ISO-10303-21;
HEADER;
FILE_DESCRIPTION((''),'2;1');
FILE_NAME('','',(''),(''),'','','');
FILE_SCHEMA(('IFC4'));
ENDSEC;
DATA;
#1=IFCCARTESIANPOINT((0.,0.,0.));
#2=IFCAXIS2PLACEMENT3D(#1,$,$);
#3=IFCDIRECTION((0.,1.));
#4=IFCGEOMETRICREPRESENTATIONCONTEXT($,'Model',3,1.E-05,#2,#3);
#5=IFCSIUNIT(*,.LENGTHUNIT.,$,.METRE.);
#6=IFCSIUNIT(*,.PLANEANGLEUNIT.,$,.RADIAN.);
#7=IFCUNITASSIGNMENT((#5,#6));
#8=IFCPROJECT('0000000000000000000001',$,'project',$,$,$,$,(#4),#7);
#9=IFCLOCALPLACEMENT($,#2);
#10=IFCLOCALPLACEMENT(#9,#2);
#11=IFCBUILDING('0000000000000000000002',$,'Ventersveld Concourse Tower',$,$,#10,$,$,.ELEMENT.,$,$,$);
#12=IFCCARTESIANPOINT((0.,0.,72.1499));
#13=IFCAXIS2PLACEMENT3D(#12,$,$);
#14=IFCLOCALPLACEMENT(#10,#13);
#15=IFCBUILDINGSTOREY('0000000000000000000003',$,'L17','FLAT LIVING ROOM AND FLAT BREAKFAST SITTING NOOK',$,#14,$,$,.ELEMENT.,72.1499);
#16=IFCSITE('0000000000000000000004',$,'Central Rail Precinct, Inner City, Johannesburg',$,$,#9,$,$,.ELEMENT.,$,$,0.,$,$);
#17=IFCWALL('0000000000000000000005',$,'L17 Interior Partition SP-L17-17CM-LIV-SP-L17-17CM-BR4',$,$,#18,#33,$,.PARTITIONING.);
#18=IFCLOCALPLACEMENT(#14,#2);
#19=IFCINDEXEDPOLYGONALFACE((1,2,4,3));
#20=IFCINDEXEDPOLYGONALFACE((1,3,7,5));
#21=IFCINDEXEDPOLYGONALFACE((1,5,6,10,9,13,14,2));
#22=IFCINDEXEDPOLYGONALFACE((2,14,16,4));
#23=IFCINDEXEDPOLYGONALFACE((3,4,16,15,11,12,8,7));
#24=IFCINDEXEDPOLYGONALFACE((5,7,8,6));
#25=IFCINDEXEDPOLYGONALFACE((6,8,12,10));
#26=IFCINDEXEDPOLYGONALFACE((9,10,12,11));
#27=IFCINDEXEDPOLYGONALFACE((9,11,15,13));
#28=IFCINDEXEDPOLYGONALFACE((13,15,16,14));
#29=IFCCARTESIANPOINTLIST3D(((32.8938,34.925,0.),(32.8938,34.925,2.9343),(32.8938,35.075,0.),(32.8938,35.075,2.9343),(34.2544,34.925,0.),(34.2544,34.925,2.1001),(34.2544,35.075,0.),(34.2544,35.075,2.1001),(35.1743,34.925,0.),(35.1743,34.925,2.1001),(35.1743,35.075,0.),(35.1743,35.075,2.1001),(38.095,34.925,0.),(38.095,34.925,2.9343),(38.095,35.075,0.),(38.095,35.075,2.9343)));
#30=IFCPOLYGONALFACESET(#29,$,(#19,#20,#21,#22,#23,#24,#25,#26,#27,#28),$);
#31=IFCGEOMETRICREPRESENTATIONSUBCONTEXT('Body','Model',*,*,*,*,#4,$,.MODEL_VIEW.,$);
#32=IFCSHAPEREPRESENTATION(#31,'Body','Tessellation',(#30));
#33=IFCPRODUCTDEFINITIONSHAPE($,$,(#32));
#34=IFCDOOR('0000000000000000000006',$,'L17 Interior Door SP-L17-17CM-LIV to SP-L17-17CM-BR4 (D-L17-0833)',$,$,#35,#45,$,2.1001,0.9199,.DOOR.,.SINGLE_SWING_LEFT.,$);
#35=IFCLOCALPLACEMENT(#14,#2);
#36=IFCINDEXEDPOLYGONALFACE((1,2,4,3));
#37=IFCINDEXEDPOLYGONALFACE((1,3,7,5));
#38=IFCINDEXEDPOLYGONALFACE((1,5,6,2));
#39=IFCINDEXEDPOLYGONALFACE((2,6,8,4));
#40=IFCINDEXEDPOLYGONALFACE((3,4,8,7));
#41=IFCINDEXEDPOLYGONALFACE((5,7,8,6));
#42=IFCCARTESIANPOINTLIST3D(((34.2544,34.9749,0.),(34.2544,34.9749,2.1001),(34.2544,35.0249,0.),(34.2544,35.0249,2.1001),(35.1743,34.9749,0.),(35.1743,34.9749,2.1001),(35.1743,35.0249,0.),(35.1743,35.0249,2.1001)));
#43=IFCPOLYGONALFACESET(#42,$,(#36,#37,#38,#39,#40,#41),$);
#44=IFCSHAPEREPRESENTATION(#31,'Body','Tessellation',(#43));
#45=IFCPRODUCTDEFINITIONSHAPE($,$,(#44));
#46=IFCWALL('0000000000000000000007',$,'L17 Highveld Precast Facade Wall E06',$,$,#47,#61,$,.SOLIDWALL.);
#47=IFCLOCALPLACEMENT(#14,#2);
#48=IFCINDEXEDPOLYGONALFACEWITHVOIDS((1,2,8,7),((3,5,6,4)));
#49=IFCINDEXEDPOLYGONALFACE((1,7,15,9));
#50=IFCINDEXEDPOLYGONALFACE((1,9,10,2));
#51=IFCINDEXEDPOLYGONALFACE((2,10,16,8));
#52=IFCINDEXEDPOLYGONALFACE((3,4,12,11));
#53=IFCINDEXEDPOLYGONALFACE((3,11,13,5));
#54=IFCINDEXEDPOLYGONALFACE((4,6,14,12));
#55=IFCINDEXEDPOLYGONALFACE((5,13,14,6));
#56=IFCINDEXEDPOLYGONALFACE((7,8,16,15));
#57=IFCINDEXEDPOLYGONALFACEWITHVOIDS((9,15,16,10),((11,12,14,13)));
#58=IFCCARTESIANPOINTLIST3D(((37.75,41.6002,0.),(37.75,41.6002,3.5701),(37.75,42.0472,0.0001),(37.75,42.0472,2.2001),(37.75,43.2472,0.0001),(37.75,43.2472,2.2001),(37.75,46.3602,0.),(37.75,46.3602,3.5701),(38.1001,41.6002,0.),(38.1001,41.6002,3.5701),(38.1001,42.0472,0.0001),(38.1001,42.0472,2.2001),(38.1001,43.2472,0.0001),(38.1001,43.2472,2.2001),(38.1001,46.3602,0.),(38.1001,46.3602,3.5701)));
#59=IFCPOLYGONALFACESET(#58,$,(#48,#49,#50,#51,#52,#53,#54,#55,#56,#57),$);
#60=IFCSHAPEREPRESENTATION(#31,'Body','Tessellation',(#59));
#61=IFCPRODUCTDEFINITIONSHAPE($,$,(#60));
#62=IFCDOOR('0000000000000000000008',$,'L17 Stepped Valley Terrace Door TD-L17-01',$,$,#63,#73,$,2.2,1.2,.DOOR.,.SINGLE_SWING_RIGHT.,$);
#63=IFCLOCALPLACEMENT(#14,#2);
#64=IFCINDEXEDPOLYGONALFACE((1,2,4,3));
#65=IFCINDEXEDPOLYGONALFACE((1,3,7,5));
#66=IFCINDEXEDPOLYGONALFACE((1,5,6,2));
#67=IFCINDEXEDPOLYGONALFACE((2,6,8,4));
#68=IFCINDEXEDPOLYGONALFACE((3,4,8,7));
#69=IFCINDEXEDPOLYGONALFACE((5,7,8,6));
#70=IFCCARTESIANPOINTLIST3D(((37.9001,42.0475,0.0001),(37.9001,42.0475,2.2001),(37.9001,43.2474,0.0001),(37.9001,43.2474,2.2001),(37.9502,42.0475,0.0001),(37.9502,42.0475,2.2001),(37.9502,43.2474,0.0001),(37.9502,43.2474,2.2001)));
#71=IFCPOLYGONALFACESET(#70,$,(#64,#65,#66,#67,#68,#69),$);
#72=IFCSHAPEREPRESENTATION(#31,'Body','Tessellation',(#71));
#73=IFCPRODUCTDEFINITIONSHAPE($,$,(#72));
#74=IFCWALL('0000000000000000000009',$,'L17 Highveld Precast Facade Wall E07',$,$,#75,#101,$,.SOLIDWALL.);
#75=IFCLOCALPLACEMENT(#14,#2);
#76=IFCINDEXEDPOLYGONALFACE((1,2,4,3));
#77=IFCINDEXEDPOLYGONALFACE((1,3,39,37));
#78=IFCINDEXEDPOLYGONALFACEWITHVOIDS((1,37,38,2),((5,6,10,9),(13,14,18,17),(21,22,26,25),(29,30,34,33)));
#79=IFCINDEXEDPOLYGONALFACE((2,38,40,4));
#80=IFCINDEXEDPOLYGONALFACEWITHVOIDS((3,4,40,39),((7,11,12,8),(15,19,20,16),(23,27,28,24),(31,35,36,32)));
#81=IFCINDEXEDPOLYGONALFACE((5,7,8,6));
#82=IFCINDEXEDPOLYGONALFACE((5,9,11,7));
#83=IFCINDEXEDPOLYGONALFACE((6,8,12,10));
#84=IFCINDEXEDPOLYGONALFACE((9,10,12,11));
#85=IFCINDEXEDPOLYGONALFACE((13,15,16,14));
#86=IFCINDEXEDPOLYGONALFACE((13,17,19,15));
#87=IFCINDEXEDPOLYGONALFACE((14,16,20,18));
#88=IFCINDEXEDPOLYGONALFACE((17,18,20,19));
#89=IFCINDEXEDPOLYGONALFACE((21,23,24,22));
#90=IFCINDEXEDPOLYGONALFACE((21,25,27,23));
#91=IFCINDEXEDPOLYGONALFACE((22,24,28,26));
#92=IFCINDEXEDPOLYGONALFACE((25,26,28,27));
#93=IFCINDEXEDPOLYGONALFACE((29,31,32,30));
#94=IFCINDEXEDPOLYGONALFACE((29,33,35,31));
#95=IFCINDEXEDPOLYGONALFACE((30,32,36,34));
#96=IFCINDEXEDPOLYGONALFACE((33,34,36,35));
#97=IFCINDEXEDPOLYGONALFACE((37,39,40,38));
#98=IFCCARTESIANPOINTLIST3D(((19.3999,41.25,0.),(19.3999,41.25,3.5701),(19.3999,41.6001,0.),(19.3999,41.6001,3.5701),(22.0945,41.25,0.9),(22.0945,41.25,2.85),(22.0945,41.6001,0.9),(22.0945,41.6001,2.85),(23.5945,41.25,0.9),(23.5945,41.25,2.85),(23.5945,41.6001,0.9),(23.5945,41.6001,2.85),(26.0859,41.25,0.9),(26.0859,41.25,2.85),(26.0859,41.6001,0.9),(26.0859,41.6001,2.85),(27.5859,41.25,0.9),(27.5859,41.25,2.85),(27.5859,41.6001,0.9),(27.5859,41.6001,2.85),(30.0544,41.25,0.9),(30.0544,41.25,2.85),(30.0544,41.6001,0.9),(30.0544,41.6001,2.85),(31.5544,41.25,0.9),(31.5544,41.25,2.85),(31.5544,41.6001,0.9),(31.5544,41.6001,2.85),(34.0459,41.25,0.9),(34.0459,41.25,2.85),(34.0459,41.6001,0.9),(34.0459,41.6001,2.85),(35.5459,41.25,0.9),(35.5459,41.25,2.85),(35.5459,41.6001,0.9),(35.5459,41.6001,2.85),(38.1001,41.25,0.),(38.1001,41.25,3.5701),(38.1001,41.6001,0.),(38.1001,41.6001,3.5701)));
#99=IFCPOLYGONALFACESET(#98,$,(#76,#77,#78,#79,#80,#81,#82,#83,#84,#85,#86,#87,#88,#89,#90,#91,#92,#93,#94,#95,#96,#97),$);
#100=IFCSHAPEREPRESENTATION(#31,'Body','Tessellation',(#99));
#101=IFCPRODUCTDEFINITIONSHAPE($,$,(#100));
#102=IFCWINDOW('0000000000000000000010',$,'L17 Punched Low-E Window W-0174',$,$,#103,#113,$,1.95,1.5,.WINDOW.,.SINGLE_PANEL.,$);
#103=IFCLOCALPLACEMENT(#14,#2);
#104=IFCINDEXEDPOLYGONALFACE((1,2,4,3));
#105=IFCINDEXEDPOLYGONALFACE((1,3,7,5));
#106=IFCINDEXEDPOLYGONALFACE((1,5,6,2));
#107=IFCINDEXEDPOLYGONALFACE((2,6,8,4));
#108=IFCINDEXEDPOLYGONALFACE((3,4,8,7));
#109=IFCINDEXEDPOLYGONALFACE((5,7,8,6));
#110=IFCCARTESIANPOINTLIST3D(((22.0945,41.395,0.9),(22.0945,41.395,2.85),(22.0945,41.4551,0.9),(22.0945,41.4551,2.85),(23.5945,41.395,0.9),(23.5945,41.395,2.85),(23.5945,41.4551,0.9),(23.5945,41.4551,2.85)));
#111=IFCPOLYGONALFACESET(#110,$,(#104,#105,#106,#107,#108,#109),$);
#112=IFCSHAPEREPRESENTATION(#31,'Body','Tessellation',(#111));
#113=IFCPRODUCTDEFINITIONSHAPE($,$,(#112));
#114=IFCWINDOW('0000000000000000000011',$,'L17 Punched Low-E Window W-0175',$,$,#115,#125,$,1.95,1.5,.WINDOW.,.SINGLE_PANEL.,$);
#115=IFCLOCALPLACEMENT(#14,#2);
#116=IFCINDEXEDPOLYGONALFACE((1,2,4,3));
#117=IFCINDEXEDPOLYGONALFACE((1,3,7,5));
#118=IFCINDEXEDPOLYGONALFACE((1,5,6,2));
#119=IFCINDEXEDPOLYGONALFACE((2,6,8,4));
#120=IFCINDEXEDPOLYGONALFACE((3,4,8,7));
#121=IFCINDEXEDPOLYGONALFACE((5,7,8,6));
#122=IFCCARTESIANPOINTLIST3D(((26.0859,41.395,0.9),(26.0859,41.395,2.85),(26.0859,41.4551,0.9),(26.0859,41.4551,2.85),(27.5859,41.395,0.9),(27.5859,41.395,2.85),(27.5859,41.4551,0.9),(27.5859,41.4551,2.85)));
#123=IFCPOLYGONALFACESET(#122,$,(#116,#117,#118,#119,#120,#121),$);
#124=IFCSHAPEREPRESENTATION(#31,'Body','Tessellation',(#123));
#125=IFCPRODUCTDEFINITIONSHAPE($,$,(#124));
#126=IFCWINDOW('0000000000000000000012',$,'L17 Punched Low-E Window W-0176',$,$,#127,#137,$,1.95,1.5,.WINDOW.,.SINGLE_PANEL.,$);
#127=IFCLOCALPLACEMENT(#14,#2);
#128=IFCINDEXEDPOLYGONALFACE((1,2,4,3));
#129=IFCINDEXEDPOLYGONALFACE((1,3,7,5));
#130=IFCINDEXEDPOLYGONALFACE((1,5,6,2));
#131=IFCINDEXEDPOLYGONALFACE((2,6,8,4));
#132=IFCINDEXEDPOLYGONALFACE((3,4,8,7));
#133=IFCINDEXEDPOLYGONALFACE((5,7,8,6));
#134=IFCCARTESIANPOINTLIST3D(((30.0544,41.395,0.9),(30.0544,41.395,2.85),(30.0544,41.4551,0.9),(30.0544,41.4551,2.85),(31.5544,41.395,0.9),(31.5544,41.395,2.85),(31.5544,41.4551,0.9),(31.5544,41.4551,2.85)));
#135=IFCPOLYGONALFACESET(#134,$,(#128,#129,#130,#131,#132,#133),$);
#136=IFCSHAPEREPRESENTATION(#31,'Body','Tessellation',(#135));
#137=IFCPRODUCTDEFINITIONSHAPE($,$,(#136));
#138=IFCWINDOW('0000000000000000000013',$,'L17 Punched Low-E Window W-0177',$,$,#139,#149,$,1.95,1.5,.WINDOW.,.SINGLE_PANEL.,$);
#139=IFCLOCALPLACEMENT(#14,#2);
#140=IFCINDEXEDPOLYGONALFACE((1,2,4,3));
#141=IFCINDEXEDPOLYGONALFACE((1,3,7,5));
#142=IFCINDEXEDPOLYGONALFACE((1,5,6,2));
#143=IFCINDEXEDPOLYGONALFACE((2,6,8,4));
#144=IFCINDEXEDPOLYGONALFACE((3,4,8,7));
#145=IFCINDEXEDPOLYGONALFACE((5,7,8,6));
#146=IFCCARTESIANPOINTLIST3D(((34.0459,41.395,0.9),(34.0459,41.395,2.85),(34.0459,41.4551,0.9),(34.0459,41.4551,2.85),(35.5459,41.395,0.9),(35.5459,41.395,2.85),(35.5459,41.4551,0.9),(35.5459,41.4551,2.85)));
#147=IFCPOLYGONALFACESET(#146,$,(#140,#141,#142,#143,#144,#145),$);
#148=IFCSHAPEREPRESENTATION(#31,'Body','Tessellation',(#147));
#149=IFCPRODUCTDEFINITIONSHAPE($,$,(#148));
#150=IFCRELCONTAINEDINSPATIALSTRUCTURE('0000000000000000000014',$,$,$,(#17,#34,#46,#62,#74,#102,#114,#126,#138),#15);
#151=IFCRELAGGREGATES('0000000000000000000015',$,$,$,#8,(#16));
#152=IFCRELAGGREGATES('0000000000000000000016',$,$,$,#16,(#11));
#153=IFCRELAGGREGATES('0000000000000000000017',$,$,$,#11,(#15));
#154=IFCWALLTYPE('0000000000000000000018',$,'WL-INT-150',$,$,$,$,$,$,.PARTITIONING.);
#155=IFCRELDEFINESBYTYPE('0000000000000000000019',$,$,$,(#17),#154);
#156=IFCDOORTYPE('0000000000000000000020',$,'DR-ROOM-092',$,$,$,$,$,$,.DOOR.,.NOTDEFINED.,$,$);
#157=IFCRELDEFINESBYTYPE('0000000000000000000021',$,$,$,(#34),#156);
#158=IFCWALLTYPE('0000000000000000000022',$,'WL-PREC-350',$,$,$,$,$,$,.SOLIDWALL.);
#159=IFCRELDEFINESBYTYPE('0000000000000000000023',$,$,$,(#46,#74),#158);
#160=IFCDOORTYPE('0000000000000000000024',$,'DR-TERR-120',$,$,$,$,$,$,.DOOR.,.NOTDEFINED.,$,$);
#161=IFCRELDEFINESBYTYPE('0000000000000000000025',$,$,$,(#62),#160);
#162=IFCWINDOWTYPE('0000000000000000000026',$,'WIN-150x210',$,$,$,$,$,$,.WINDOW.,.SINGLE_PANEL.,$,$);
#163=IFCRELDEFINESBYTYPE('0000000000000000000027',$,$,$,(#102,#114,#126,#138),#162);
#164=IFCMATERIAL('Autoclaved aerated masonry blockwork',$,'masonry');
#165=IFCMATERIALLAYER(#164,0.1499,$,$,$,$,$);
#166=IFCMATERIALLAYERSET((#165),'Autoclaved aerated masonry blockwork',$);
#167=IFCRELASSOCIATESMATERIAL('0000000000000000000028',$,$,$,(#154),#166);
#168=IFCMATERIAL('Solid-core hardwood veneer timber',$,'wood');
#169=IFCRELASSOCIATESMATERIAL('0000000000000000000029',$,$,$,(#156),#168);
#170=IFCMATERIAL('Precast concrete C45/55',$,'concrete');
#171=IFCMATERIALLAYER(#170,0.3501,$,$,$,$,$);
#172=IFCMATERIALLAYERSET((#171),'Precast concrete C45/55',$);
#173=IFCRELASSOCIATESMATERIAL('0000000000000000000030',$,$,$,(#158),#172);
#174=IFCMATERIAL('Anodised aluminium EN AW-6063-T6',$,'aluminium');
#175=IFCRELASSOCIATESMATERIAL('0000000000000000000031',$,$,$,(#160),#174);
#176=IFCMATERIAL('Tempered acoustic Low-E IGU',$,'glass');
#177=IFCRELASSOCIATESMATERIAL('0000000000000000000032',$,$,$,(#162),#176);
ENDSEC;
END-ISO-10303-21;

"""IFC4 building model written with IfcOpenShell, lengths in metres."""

from ifc_helpers import new_model, si_unit, direction, frame, frame_2d, origin, place, context, subcontext, project, spatial, rectangle, extrude, material, layer, layer_set, type_object, element, fill, save


model = new_model("IFC4")

# Units and contexts
model_context = context("Model", 3, precision=1e-05, world=origin(), true_north=direction((0.0, 1.0)))
body_context = subcontext(model_context, "Body", "Model", "MODEL_VIEW")
ifc_project = project(units=[si_unit("LENGTHUNIT", "METRE"), si_unit("PLANEANGLEUNIT", "RADIAN")], contexts=[model_context])

# Site, building, storey
site_placement = place(None, origin())
site = spatial("IfcSite", under=ifc_project, at=site_placement, Name="Central Rail Precinct, Inner City, Johannesburg", CompositionType="ELEMENT", RefElevation=0.0)
building_placement = place(site_placement, origin())
building = spatial("IfcBuilding", under=site, at=building_placement, Name="Ventersveld Concourse Tower", CompositionType="ELEMENT")
storey_placement = place(building_placement, frame((0.0, 0.0, 72.1499)))
storey = spatial("IfcBuildingStorey", under=building, at=storey_placement, Name="L17", Description="FLAT LIVING ROOM AND FLAT BREAKFAST SITTING NOOK", CompositionType="ELEMENT", Elevation=72.1499)

# Shared definitions
ifc_material_1 = material(Name="Autoclaved aerated masonry blockwork", Category="masonry")
ifc_layer_1 = layer(ifc_material_1, 0.1499)
ifc_layer_set_1 = layer_set([ifc_layer_1], Name="Autoclaved aerated masonry blockwork")
wall_type_1 = type_object("IfcWallType", Name="WL-INT-150", PredefinedType="PARTITIONING", material=ifc_layer_set_1)

# Shared definitions
ifc_material_2 = material(Name="Solid-core hardwood veneer timber", Category="wood")
door_type_1 = type_object("IfcDoorType", Name="DR-ROOM-092", OperationType="NOTDEFINED", PredefinedType="DOOR", material=ifc_material_2)

# Walls, openings, doors
wall_1_placement = place(storey_placement, frame((32.8938, 35.0, 0.0), z_axis=(0.0, 0.0, 1.0), x_axis=(1.0, 0.0, 0.0)))
wall_1 = element("IfcWall", 1, at=wall_1_placement, inside=storey, type_object=wall_type_1, Name="L17 Interior Partition SP-L17-17CM-LIV-SP-L17-17CM-BR4", PredefinedType="PARTITIONING", context=body_context, shape_type="SweptSolid", body=[
    extrude(rectangle(XDim=5.2012, YDim=0.1499, at=frame_2d((2.6006, 0.0))), origin(), (0.0, 0.0, 1.0), 2.9343),
])
opening_1_placement = place(wall_1_placement, frame((1.3606, 0.0, 0.0)))
opening_1 = element("IfcOpeningElement", 2, at=opening_1_placement, cuts=wall_1, PredefinedType="OPENING", context=body_context, shape_type="SweptSolid", body=[
    extrude(rectangle(XDim=0.9199, YDim=2.1001, at=frame_2d((0.46, 1.05))), frame((0.0, 0.085, 0.0), z_axis=(0.0, -1.0, 0.0), x_axis=(1.0, 0.0, 0.0)), (0.0, 0.0, 1.0), 0.1699),
])
door_1_placement = place(opening_1_placement, origin())
door_1 = element("IfcDoor", 3, at=door_1_placement, inside=storey, type_object=door_type_1, Name="L17 Interior Door SP-L17-17CM-LIV to SP-L17-17CM-BR4 (D-L17-0833)", OperationType="SINGLE_SWING_LEFT", OverallHeight=2.1001, OverallWidth=0.9199, PredefinedType="DOOR", context=body_context, shape_type="SweptSolid", body=[
    extrude(rectangle(XDim=0.9199, YDim=2.1001, at=frame_2d((0.46, 1.05))), frame((0.0, 0.0249, 0.0), z_axis=(0.0, -1.0, 0.0), x_axis=(1.0, 0.0, 0.0)), (0.0, 0.0, 1.0), 0.05),
])
fill(opening_1, door_1)
ifc_material_3 = material(Name="Precast concrete C45/55", Category="concrete")
ifc_layer_2 = layer(ifc_material_3, 0.3501)
ifc_layer_set_2 = layer_set([ifc_layer_2], Name="Precast concrete C45/55")
wall_type_2 = type_object("IfcWallType", Name="WL-PREC-350", PredefinedType="SOLIDWALL", material=ifc_layer_set_2)
wall_2_placement = place(storey_placement, frame((37.925, 46.3601, 0.0), z_axis=(0.0, 0.0, 1.0), x_axis=(0.0, -1.0, 0.0)))
wall_2 = element("IfcWall", 4, at=wall_2_placement, inside=storey, type_object=wall_type_2, Name="L17 Highveld Precast Facade Wall E06", PredefinedType="SOLIDWALL", context=body_context, shape_type="SweptSolid", body=[
    extrude(rectangle(XDim=4.76, YDim=0.3501, at=frame_2d((2.3799, 0.0))), origin(), (0.0, 0.0, 1.0), 3.5701),
])
opening_2_placement = place(wall_2_placement, frame((3.1128, 0.0, 0.0)))
opening_2 = element("IfcOpeningElement", 5, at=opening_2_placement, cuts=wall_2, PredefinedType="OPENING", context=body_context, shape_type="SweptSolid", body=[
    extrude(rectangle(XDim=1.2, YDim=2.2, at=frame_2d((0.6001, 1.1001))), frame((0.0, 0.1851, 0.0), z_axis=(0.0, -1.0, 0.0), x_axis=(1.0, 0.0, 0.0)), (0.0, 0.0, 1.0), 0.3701),
])
ifc_material_4 = material(Name="Anodised aluminium EN AW-6063-T6", Category="aluminium")
door_type_2 = type_object("IfcDoorType", Name="DR-TERR-120", OperationType="NOTDEFINED", PredefinedType="DOOR", material=ifc_material_4)
door_2_placement = place(opening_2_placement, frame((1.2, 0.0, 0.0), z_axis=(0.0, 0.0, 1.0), x_axis=(-1.0, 0.0, 0.0)))
door_2 = element("IfcDoor", 6, at=door_2_placement, inside=storey, type_object=door_type_2, Name="L17 Stepped Valley Terrace Door TD-L17-01", OperationType="SINGLE_SWING_RIGHT", OverallHeight=2.2, OverallWidth=1.2, PredefinedType="DOOR", context=body_context, shape_type="SweptSolid", body=[
    extrude(rectangle(XDim=1.2, YDim=2.2, at=frame_2d((0.6001, 1.1001))), frame((0.0, 0.0249, 0.0), z_axis=(0.0, -1.0, 0.0), x_axis=(1.0, 0.0, 0.0)), (0.0, 0.0, 1.0), 0.05),
])
fill(opening_2, door_2)

# Wall, openings, windows
wall_3_placement = place(storey_placement, frame((38.1001, 41.425, 0.0), z_axis=(0.0, 0.0, 1.0), x_axis=(-1.0, 0.0, 0.0)))
wall_3 = element("IfcWall", 7, at=wall_3_placement, inside=storey, type_object=wall_type_2, Name="L17 Highveld Precast Facade Wall E07", PredefinedType="SOLIDWALL", context=body_context, shape_type="SweptSolid", body=[
    extrude(rectangle(XDim=18.7002, YDim=0.3501, at=frame_2d((9.3501, 0.0))), origin(), (0.0, 0.0, 1.0), 3.5701),
])
opening_3_placement = place(wall_3_placement, frame((14.5056, 0.0, 0.8999)))
opening_3 = element("IfcOpeningElement", 8, at=opening_3_placement, cuts=wall_3, PredefinedType="OPENING", context=body_context, shape_type="SweptSolid", body=[
    extrude(rectangle(XDim=1.5, YDim=1.95, at=frame_2d((0.75, 0.9751))), frame((0.0, 0.1851, 0.0), z_axis=(0.0, -1.0, 0.0), x_axis=(1.0, 0.0, 0.0)), (0.0, 0.0, 1.0), 0.3701),
])
opening_4_placement = place(wall_3_placement, frame((10.5142, 0.0, 0.8999)))
opening_4 = element("IfcOpeningElement", 9, at=opening_4_placement, cuts=wall_3, PredefinedType="OPENING", context=body_context, shape_type="SweptSolid", body=[
    extrude(rectangle(XDim=1.5, YDim=1.95, at=frame_2d((0.75, 0.9751))), frame((0.0, 0.1851, 0.0), z_axis=(0.0, -1.0, 0.0), x_axis=(1.0, 0.0, 0.0)), (0.0, 0.0, 1.0), 0.3701),
])
opening_5_placement = place(wall_3_placement, frame((6.5457, 0.0, 0.8999)))
opening_5 = element("IfcOpeningElement", 10, at=opening_5_placement, cuts=wall_3, PredefinedType="OPENING", context=body_context, shape_type="SweptSolid", body=[
    extrude(rectangle(XDim=1.5, YDim=1.95, at=frame_2d((0.75, 0.9751))), frame((0.0, 0.1851, 0.0), z_axis=(0.0, -1.0, 0.0), x_axis=(1.0, 0.0, 0.0)), (0.0, 0.0, 1.0), 0.3701),
])
opening_6_placement = place(wall_3_placement, frame((2.5542, 0.0, 0.8999)))
opening_6 = element("IfcOpeningElement", 11, at=opening_6_placement, cuts=wall_3, PredefinedType="OPENING", context=body_context, shape_type="SweptSolid", body=[
    extrude(rectangle(XDim=1.5, YDim=1.95, at=frame_2d((0.75, 0.9751))), frame((0.0, 0.1851, 0.0), z_axis=(0.0, -1.0, 0.0), x_axis=(1.0, 0.0, 0.0)), (0.0, 0.0, 1.0), 0.3701),
])
ifc_material_5 = material(Name="Tempered acoustic Low-E IGU", Category="glass")
window_type = type_object("IfcWindowType", Name="WIN-150x210", PartitioningType="SINGLE_PANEL", PredefinedType="WINDOW", material=ifc_material_5)
window_1_placement = place(opening_3_placement, origin())
window_1 = element("IfcWindow", 12, at=window_1_placement, inside=storey, type_object=window_type, Name="L17 Punched Low-E Window W-0174", OverallHeight=1.95, OverallWidth=1.5, PartitioningType="SINGLE_PANEL", PredefinedType="WINDOW", context=body_context, shape_type="SweptSolid", body=[
    extrude(rectangle(XDim=1.5, YDim=1.95, at=frame_2d((0.75, 0.9751))), frame((0.0, 0.03, 0.0), z_axis=(0.0, -1.0, 0.0), x_axis=(1.0, 0.0, 0.0)), (0.0, 0.0, 1.0), 0.0601),
])
fill(opening_3, window_1)
window_2_placement = place(opening_4_placement, origin())
window_2 = element("IfcWindow", 13, at=window_2_placement, inside=storey, type_object=window_type, Name="L17 Punched Low-E Window W-0175", OverallHeight=1.95, OverallWidth=1.5, PartitioningType="SINGLE_PANEL", PredefinedType="WINDOW", context=body_context, shape_type="SweptSolid", body=[
    extrude(rectangle(XDim=1.5, YDim=1.95, at=frame_2d((0.75, 0.9751))), frame((0.0, 0.03, 0.0), z_axis=(0.0, -1.0, 0.0), x_axis=(1.0, 0.0, 0.0)), (0.0, 0.0, 1.0), 0.0601),
])
fill(opening_4, window_2)
window_3_placement = place(opening_5_placement, origin())
window_3 = element("IfcWindow", 14, at=window_3_placement, inside=storey, type_object=window_type, Name="L17 Punched Low-E Window W-0176", OverallHeight=1.95, OverallWidth=1.5, PartitioningType="SINGLE_PANEL", PredefinedType="WINDOW", context=body_context, shape_type="SweptSolid", body=[
    extrude(rectangle(XDim=1.5, YDim=1.95, at=frame_2d((0.75, 0.9751))), frame((0.0, 0.03, 0.0), z_axis=(0.0, -1.0, 0.0), x_axis=(1.0, 0.0, 0.0)), (0.0, 0.0, 1.0), 0.0601),
])
fill(opening_5, window_3)
window_4_placement = place(opening_6_placement, origin())
window_4 = element("IfcWindow", 15, at=window_4_placement, inside=storey, type_object=window_type, Name="L17 Punched Low-E Window W-0177", OverallHeight=1.95, OverallWidth=1.5, PartitioningType="SINGLE_PANEL", PredefinedType="WINDOW", context=body_context, shape_type="SweptSolid", body=[
    extrude(rectangle(XDim=1.5, YDim=1.95, at=frame_2d((0.75, 0.9751))), frame((0.0, 0.03, 0.0), z_axis=(0.0, -1.0, 0.0), x_axis=(1.0, 0.0, 0.0)), (0.0, 0.0, 1.0), 0.0601),
])
fill(opening_6, window_4)

save(model, "model.ifc")
